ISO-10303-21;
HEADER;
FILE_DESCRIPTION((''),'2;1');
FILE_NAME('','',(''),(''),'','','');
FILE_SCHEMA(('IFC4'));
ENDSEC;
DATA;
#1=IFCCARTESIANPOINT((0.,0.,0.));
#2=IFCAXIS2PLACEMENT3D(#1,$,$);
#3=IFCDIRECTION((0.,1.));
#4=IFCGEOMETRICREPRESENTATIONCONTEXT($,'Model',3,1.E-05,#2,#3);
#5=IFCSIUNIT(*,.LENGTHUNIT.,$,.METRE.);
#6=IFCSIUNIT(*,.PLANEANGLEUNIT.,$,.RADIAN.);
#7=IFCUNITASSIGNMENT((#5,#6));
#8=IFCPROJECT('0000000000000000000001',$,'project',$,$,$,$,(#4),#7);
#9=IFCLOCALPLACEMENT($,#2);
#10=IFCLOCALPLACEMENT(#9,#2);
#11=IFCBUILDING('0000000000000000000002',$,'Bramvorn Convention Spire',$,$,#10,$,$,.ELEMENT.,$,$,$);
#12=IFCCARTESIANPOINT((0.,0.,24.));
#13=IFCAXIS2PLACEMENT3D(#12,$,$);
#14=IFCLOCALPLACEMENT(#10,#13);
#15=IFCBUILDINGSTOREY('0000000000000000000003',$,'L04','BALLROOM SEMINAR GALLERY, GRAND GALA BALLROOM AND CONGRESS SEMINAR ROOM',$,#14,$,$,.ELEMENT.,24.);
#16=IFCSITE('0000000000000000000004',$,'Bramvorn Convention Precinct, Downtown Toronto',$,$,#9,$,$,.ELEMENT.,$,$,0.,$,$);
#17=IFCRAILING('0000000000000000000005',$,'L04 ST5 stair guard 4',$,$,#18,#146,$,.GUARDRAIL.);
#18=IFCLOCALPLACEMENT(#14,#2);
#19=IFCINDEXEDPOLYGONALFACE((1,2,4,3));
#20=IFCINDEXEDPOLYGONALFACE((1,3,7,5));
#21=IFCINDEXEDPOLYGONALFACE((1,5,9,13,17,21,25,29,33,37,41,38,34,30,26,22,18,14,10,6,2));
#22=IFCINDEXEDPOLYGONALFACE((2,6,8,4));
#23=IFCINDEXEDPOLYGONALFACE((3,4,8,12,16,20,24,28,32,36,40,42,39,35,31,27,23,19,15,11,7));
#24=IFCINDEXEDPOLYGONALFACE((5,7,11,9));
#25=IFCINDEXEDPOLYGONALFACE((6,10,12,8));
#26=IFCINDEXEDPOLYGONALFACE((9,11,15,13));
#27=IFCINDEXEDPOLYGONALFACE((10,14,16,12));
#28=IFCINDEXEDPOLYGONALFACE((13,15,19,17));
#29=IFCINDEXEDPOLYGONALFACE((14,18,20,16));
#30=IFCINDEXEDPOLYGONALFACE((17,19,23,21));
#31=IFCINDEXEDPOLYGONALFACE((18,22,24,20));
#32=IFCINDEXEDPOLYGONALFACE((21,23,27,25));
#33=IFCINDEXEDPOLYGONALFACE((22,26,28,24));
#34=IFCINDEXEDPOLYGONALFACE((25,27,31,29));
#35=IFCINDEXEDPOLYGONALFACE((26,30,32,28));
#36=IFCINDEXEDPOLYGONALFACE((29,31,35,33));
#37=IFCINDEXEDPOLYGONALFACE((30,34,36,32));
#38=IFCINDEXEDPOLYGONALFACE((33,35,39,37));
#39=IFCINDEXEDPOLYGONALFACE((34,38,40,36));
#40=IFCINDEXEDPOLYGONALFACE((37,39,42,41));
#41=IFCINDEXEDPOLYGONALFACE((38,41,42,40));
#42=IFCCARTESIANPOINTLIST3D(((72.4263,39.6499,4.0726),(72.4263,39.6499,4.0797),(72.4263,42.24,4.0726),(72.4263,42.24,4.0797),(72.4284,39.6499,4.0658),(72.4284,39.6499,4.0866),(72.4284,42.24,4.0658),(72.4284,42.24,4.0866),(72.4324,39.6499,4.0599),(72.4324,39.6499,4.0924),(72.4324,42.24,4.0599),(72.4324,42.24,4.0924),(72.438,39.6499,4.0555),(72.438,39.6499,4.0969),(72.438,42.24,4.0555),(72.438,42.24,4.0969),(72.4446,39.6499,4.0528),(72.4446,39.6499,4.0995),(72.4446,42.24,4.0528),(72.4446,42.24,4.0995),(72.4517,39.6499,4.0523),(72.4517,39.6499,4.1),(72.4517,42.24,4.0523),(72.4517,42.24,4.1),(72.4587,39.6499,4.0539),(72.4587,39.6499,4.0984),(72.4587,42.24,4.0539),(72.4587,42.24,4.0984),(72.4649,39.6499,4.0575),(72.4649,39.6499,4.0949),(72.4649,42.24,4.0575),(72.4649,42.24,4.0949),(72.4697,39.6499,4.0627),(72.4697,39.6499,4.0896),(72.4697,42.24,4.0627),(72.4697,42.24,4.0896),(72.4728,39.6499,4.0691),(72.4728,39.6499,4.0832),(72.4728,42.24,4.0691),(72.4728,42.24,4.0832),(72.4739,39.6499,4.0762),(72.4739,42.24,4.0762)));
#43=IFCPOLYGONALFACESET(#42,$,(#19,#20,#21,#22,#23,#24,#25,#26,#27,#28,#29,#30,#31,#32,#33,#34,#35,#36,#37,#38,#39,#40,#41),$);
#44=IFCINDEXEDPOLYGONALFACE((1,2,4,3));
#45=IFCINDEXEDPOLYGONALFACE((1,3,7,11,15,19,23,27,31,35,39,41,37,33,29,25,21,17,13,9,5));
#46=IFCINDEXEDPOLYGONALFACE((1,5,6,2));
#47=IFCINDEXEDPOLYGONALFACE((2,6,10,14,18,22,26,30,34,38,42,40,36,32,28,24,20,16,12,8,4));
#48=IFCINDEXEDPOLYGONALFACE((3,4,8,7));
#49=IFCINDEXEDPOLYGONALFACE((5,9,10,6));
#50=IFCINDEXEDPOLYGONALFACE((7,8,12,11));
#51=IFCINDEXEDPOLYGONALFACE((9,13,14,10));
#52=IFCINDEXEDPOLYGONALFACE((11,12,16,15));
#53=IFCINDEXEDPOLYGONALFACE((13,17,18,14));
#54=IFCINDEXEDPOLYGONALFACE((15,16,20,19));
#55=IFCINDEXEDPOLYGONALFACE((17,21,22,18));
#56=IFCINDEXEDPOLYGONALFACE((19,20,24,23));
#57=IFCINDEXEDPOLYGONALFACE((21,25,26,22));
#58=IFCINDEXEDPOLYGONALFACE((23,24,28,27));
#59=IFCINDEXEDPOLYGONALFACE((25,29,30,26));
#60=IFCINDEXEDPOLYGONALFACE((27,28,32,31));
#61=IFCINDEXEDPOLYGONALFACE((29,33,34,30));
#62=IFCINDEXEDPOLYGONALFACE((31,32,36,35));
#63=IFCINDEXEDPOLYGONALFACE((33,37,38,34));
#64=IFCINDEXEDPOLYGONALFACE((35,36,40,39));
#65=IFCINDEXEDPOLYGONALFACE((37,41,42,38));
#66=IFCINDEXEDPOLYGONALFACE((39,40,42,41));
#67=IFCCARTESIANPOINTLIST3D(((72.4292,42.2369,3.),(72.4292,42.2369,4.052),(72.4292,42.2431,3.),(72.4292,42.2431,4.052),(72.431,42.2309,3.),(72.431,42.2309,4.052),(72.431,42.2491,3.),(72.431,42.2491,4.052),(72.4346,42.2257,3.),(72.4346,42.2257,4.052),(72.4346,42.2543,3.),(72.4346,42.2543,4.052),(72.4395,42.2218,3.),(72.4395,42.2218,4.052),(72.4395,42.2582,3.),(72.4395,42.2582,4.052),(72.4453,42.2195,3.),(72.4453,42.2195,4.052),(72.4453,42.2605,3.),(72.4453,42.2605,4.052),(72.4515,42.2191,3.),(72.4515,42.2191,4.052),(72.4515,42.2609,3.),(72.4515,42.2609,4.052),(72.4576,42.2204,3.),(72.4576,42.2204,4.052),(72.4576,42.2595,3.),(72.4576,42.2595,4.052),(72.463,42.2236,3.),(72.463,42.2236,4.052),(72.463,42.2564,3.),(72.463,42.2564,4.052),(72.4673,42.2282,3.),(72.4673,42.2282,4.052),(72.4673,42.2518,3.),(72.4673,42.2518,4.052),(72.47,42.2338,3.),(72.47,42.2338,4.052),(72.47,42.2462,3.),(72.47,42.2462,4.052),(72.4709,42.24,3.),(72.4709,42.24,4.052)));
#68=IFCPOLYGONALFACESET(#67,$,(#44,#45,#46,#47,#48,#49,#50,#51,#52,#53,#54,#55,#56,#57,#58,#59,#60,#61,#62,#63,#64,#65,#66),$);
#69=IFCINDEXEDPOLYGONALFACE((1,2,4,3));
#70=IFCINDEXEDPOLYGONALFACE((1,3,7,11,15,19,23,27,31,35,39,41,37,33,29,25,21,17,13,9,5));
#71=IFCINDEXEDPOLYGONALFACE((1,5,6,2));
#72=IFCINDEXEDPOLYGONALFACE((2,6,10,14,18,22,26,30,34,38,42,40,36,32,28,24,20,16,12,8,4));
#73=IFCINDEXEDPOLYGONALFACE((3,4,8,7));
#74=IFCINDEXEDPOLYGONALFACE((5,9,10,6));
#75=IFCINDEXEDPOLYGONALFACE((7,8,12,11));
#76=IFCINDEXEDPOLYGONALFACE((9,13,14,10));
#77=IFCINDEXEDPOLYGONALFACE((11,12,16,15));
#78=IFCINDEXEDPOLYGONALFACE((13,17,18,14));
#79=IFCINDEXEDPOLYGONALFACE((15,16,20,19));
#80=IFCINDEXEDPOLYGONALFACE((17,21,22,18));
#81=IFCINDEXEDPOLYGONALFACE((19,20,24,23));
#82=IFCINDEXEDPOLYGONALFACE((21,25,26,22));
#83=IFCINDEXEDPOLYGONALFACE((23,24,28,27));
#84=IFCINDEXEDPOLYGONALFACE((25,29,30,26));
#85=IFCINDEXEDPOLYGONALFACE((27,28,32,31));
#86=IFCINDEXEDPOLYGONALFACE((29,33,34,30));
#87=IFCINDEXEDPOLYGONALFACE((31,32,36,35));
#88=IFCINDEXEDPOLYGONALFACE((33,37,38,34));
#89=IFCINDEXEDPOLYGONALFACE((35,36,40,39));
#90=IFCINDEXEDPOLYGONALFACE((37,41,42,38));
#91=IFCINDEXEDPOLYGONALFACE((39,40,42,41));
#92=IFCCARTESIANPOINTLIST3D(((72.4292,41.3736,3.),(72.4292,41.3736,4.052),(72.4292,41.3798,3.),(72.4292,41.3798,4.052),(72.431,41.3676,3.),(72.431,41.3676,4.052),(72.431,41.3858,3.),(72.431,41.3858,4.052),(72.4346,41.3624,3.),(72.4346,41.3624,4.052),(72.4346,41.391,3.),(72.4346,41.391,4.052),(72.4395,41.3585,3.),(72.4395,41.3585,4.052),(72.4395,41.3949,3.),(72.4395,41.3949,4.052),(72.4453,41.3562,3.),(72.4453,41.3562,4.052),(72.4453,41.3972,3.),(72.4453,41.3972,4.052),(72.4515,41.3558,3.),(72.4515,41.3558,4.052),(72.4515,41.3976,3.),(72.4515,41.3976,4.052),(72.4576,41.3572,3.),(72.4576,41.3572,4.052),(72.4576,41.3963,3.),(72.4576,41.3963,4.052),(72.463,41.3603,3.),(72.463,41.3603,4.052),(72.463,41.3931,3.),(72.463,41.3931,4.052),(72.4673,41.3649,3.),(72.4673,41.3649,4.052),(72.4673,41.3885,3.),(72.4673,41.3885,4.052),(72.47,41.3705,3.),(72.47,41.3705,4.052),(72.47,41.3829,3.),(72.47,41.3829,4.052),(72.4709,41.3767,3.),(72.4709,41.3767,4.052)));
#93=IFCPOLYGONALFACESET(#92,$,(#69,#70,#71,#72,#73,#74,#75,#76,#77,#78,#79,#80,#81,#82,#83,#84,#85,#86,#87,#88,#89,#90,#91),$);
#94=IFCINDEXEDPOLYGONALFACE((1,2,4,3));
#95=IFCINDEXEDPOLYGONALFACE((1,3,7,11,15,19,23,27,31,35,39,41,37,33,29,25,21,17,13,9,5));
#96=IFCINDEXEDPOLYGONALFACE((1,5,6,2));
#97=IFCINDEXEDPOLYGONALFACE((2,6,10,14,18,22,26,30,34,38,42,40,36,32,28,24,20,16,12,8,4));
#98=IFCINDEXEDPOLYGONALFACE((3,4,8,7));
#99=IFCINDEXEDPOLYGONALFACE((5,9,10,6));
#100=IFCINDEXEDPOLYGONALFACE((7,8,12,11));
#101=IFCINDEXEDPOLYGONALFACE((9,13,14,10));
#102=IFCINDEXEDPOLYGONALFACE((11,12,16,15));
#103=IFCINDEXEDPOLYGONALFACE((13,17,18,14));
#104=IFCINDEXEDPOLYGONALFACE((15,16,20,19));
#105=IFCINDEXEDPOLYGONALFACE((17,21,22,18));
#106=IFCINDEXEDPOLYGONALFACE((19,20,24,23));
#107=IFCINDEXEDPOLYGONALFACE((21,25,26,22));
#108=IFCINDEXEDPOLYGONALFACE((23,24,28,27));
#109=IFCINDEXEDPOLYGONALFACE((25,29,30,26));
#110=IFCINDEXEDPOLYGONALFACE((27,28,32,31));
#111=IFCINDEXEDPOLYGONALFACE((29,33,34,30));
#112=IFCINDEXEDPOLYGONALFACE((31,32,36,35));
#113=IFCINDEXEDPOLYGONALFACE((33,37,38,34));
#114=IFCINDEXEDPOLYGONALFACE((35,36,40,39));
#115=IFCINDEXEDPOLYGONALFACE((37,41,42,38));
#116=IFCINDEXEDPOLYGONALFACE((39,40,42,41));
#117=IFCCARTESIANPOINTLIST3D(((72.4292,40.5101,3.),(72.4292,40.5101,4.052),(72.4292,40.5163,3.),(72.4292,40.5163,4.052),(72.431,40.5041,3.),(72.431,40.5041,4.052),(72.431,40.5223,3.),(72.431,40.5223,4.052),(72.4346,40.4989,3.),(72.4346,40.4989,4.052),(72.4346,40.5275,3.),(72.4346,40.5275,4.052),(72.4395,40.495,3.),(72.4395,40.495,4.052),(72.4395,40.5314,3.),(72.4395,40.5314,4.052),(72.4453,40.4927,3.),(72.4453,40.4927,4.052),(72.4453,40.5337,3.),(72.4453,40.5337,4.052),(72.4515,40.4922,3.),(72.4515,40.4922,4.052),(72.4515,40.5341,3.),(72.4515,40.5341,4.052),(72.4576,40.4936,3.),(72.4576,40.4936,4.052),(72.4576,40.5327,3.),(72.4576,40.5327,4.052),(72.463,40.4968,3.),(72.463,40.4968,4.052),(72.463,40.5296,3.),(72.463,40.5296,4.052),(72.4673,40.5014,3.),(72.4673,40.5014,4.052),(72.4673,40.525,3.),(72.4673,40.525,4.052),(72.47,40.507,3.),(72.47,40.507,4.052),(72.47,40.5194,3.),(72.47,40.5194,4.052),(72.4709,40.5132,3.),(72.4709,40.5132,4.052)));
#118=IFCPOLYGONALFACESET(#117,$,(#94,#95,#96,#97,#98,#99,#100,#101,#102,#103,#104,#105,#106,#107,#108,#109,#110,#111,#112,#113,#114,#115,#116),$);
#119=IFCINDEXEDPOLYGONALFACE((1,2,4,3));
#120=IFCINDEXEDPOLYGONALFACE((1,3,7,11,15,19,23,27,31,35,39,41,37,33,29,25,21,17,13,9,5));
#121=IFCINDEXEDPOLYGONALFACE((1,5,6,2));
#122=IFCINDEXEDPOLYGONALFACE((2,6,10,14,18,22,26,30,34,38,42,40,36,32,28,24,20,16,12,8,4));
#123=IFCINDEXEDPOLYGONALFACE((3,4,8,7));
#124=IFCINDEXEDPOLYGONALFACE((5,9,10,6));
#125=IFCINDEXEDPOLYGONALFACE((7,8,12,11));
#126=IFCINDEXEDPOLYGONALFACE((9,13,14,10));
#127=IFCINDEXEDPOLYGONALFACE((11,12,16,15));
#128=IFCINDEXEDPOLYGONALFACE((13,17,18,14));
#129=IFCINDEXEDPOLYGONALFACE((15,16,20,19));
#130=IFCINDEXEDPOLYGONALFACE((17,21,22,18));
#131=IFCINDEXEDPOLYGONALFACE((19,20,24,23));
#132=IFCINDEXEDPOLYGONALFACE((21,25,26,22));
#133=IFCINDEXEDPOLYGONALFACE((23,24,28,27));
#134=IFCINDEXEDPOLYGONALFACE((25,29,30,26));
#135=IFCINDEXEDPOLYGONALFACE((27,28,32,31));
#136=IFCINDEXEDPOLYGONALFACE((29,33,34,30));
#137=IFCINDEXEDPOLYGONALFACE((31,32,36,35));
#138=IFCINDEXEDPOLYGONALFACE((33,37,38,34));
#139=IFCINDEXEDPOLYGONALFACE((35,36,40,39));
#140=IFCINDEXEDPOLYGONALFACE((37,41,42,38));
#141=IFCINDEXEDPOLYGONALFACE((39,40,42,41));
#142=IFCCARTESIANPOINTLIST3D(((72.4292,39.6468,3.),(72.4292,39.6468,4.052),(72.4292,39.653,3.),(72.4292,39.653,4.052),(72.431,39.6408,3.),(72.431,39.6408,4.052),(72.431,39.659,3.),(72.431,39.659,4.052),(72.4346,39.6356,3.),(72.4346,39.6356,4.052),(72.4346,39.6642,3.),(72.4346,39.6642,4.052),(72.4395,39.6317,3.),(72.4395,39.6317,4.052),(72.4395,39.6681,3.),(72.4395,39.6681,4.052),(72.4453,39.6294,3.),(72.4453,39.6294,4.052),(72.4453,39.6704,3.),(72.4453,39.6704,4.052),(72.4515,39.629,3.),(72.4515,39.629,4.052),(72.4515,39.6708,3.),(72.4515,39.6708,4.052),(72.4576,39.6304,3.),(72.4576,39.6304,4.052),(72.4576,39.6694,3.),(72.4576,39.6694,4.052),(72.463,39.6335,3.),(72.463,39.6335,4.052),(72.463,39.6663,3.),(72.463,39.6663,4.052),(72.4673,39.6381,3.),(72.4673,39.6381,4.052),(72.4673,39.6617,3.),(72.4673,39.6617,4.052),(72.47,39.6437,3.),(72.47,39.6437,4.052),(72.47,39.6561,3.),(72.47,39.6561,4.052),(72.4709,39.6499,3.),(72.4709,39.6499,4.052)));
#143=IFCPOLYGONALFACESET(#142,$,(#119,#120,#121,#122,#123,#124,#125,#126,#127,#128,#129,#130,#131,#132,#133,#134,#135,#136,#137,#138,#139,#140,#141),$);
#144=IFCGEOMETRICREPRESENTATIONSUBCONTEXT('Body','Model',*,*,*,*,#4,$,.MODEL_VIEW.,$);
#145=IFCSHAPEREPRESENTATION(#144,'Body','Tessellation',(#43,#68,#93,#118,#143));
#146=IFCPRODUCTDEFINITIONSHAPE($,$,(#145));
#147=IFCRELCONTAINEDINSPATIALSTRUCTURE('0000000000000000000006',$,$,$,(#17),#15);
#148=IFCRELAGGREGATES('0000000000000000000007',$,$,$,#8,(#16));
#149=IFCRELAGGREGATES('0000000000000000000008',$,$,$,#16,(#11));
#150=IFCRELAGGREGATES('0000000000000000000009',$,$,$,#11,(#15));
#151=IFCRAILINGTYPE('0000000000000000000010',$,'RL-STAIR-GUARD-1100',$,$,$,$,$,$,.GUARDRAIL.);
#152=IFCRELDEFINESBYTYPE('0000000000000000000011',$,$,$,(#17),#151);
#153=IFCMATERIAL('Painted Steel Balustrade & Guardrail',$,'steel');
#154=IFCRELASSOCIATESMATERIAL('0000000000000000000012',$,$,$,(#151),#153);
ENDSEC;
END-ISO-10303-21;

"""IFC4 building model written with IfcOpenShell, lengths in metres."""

from ifc_helpers import new_model, si_unit, direction, frame, origin, origin_2d, place, context, subcontext, project, spatial, circle, extrude, material, type_object, element, save


model = new_model("IFC4")

# Units and contexts
model_context = context("Model", 3, precision=1e-05, world=origin(), true_north=direction((0.0, 1.0)))
body_context = subcontext(model_context, "Body", "Model", "MODEL_VIEW")
ifc_project = project(units=[si_unit("LENGTHUNIT", "METRE"), si_unit("PLANEANGLEUNIT", "RADIAN")], contexts=[model_context])

# Site, building, storey
site_placement = place(None, origin())
site = spatial("IfcSite", under=ifc_project, at=site_placement, Name="Bramvorn Convention Precinct, Downtown Toronto", CompositionType="ELEMENT", RefElevation=0.0)
building_placement = place(site_placement, origin())
building = spatial("IfcBuilding", under=site, at=building_placement, Name="Bramvorn Convention Spire", CompositionType="ELEMENT")
storey_placement = place(building_placement, frame((0.0, 0.0, 24.0)))
storey = spatial("IfcBuildingStorey", under=building, at=storey_placement, Name="L04", Description="BALLROOM SEMINAR GALLERY, GRAND GALA BALLROOM AND CONGRESS SEMINAR ROOM", CompositionType="ELEMENT", Elevation=24.0)

# Railing
ifc_material_1 = material(Name="Painted Steel Balustrade & Guardrail", Category="steel")
railing_type_1 = type_object("IfcRailingType", Name="RL-STAIR-GUARD-1100", PredefinedType="GUARDRAIL", material=ifc_material_1)
for number, where, name in (
    (1, (72.45, 42.24, 3.0), "L04 ST5 stair guard 4"),
):
    element("IfcRailing", number, at=place(storey_placement, frame(where)), inside=storey, type_object=railing_type_1, Name=name, PredefinedType="GUARDRAIL", context=body_context, shape_type="SweptSolid", body=[
        extrude(circle(Radius=0.0239, at=origin_2d()), frame((0.0, 0.0, 1.0762), z_axis=(0.0, -1.0, 0.0), x_axis=(1.0, 0.0, 0.0)), (0.0, 0.0, 1.0), 2.5901),
        extrude(circle(Radius=0.021, at=origin_2d()), origin(), (0.0, 0.0, 1.0), 1.052),
        extrude(circle(Radius=0.021, at=origin_2d()), frame((0.0, -0.8633, 0.0)), (0.0, 0.0, 1.0), 1.052),
        extrude(circle(Radius=0.021, at=origin_2d()), frame((0.0, -1.7268, 0.0)), (0.0, 0.0, 1.0), 1.052),
        extrude(circle(Radius=0.021, at=origin_2d()), frame((0.0, -2.5901, 0.0)), (0.0, 0.0, 1.0), 1.052),
    ])

save(model, "model.ifc")
